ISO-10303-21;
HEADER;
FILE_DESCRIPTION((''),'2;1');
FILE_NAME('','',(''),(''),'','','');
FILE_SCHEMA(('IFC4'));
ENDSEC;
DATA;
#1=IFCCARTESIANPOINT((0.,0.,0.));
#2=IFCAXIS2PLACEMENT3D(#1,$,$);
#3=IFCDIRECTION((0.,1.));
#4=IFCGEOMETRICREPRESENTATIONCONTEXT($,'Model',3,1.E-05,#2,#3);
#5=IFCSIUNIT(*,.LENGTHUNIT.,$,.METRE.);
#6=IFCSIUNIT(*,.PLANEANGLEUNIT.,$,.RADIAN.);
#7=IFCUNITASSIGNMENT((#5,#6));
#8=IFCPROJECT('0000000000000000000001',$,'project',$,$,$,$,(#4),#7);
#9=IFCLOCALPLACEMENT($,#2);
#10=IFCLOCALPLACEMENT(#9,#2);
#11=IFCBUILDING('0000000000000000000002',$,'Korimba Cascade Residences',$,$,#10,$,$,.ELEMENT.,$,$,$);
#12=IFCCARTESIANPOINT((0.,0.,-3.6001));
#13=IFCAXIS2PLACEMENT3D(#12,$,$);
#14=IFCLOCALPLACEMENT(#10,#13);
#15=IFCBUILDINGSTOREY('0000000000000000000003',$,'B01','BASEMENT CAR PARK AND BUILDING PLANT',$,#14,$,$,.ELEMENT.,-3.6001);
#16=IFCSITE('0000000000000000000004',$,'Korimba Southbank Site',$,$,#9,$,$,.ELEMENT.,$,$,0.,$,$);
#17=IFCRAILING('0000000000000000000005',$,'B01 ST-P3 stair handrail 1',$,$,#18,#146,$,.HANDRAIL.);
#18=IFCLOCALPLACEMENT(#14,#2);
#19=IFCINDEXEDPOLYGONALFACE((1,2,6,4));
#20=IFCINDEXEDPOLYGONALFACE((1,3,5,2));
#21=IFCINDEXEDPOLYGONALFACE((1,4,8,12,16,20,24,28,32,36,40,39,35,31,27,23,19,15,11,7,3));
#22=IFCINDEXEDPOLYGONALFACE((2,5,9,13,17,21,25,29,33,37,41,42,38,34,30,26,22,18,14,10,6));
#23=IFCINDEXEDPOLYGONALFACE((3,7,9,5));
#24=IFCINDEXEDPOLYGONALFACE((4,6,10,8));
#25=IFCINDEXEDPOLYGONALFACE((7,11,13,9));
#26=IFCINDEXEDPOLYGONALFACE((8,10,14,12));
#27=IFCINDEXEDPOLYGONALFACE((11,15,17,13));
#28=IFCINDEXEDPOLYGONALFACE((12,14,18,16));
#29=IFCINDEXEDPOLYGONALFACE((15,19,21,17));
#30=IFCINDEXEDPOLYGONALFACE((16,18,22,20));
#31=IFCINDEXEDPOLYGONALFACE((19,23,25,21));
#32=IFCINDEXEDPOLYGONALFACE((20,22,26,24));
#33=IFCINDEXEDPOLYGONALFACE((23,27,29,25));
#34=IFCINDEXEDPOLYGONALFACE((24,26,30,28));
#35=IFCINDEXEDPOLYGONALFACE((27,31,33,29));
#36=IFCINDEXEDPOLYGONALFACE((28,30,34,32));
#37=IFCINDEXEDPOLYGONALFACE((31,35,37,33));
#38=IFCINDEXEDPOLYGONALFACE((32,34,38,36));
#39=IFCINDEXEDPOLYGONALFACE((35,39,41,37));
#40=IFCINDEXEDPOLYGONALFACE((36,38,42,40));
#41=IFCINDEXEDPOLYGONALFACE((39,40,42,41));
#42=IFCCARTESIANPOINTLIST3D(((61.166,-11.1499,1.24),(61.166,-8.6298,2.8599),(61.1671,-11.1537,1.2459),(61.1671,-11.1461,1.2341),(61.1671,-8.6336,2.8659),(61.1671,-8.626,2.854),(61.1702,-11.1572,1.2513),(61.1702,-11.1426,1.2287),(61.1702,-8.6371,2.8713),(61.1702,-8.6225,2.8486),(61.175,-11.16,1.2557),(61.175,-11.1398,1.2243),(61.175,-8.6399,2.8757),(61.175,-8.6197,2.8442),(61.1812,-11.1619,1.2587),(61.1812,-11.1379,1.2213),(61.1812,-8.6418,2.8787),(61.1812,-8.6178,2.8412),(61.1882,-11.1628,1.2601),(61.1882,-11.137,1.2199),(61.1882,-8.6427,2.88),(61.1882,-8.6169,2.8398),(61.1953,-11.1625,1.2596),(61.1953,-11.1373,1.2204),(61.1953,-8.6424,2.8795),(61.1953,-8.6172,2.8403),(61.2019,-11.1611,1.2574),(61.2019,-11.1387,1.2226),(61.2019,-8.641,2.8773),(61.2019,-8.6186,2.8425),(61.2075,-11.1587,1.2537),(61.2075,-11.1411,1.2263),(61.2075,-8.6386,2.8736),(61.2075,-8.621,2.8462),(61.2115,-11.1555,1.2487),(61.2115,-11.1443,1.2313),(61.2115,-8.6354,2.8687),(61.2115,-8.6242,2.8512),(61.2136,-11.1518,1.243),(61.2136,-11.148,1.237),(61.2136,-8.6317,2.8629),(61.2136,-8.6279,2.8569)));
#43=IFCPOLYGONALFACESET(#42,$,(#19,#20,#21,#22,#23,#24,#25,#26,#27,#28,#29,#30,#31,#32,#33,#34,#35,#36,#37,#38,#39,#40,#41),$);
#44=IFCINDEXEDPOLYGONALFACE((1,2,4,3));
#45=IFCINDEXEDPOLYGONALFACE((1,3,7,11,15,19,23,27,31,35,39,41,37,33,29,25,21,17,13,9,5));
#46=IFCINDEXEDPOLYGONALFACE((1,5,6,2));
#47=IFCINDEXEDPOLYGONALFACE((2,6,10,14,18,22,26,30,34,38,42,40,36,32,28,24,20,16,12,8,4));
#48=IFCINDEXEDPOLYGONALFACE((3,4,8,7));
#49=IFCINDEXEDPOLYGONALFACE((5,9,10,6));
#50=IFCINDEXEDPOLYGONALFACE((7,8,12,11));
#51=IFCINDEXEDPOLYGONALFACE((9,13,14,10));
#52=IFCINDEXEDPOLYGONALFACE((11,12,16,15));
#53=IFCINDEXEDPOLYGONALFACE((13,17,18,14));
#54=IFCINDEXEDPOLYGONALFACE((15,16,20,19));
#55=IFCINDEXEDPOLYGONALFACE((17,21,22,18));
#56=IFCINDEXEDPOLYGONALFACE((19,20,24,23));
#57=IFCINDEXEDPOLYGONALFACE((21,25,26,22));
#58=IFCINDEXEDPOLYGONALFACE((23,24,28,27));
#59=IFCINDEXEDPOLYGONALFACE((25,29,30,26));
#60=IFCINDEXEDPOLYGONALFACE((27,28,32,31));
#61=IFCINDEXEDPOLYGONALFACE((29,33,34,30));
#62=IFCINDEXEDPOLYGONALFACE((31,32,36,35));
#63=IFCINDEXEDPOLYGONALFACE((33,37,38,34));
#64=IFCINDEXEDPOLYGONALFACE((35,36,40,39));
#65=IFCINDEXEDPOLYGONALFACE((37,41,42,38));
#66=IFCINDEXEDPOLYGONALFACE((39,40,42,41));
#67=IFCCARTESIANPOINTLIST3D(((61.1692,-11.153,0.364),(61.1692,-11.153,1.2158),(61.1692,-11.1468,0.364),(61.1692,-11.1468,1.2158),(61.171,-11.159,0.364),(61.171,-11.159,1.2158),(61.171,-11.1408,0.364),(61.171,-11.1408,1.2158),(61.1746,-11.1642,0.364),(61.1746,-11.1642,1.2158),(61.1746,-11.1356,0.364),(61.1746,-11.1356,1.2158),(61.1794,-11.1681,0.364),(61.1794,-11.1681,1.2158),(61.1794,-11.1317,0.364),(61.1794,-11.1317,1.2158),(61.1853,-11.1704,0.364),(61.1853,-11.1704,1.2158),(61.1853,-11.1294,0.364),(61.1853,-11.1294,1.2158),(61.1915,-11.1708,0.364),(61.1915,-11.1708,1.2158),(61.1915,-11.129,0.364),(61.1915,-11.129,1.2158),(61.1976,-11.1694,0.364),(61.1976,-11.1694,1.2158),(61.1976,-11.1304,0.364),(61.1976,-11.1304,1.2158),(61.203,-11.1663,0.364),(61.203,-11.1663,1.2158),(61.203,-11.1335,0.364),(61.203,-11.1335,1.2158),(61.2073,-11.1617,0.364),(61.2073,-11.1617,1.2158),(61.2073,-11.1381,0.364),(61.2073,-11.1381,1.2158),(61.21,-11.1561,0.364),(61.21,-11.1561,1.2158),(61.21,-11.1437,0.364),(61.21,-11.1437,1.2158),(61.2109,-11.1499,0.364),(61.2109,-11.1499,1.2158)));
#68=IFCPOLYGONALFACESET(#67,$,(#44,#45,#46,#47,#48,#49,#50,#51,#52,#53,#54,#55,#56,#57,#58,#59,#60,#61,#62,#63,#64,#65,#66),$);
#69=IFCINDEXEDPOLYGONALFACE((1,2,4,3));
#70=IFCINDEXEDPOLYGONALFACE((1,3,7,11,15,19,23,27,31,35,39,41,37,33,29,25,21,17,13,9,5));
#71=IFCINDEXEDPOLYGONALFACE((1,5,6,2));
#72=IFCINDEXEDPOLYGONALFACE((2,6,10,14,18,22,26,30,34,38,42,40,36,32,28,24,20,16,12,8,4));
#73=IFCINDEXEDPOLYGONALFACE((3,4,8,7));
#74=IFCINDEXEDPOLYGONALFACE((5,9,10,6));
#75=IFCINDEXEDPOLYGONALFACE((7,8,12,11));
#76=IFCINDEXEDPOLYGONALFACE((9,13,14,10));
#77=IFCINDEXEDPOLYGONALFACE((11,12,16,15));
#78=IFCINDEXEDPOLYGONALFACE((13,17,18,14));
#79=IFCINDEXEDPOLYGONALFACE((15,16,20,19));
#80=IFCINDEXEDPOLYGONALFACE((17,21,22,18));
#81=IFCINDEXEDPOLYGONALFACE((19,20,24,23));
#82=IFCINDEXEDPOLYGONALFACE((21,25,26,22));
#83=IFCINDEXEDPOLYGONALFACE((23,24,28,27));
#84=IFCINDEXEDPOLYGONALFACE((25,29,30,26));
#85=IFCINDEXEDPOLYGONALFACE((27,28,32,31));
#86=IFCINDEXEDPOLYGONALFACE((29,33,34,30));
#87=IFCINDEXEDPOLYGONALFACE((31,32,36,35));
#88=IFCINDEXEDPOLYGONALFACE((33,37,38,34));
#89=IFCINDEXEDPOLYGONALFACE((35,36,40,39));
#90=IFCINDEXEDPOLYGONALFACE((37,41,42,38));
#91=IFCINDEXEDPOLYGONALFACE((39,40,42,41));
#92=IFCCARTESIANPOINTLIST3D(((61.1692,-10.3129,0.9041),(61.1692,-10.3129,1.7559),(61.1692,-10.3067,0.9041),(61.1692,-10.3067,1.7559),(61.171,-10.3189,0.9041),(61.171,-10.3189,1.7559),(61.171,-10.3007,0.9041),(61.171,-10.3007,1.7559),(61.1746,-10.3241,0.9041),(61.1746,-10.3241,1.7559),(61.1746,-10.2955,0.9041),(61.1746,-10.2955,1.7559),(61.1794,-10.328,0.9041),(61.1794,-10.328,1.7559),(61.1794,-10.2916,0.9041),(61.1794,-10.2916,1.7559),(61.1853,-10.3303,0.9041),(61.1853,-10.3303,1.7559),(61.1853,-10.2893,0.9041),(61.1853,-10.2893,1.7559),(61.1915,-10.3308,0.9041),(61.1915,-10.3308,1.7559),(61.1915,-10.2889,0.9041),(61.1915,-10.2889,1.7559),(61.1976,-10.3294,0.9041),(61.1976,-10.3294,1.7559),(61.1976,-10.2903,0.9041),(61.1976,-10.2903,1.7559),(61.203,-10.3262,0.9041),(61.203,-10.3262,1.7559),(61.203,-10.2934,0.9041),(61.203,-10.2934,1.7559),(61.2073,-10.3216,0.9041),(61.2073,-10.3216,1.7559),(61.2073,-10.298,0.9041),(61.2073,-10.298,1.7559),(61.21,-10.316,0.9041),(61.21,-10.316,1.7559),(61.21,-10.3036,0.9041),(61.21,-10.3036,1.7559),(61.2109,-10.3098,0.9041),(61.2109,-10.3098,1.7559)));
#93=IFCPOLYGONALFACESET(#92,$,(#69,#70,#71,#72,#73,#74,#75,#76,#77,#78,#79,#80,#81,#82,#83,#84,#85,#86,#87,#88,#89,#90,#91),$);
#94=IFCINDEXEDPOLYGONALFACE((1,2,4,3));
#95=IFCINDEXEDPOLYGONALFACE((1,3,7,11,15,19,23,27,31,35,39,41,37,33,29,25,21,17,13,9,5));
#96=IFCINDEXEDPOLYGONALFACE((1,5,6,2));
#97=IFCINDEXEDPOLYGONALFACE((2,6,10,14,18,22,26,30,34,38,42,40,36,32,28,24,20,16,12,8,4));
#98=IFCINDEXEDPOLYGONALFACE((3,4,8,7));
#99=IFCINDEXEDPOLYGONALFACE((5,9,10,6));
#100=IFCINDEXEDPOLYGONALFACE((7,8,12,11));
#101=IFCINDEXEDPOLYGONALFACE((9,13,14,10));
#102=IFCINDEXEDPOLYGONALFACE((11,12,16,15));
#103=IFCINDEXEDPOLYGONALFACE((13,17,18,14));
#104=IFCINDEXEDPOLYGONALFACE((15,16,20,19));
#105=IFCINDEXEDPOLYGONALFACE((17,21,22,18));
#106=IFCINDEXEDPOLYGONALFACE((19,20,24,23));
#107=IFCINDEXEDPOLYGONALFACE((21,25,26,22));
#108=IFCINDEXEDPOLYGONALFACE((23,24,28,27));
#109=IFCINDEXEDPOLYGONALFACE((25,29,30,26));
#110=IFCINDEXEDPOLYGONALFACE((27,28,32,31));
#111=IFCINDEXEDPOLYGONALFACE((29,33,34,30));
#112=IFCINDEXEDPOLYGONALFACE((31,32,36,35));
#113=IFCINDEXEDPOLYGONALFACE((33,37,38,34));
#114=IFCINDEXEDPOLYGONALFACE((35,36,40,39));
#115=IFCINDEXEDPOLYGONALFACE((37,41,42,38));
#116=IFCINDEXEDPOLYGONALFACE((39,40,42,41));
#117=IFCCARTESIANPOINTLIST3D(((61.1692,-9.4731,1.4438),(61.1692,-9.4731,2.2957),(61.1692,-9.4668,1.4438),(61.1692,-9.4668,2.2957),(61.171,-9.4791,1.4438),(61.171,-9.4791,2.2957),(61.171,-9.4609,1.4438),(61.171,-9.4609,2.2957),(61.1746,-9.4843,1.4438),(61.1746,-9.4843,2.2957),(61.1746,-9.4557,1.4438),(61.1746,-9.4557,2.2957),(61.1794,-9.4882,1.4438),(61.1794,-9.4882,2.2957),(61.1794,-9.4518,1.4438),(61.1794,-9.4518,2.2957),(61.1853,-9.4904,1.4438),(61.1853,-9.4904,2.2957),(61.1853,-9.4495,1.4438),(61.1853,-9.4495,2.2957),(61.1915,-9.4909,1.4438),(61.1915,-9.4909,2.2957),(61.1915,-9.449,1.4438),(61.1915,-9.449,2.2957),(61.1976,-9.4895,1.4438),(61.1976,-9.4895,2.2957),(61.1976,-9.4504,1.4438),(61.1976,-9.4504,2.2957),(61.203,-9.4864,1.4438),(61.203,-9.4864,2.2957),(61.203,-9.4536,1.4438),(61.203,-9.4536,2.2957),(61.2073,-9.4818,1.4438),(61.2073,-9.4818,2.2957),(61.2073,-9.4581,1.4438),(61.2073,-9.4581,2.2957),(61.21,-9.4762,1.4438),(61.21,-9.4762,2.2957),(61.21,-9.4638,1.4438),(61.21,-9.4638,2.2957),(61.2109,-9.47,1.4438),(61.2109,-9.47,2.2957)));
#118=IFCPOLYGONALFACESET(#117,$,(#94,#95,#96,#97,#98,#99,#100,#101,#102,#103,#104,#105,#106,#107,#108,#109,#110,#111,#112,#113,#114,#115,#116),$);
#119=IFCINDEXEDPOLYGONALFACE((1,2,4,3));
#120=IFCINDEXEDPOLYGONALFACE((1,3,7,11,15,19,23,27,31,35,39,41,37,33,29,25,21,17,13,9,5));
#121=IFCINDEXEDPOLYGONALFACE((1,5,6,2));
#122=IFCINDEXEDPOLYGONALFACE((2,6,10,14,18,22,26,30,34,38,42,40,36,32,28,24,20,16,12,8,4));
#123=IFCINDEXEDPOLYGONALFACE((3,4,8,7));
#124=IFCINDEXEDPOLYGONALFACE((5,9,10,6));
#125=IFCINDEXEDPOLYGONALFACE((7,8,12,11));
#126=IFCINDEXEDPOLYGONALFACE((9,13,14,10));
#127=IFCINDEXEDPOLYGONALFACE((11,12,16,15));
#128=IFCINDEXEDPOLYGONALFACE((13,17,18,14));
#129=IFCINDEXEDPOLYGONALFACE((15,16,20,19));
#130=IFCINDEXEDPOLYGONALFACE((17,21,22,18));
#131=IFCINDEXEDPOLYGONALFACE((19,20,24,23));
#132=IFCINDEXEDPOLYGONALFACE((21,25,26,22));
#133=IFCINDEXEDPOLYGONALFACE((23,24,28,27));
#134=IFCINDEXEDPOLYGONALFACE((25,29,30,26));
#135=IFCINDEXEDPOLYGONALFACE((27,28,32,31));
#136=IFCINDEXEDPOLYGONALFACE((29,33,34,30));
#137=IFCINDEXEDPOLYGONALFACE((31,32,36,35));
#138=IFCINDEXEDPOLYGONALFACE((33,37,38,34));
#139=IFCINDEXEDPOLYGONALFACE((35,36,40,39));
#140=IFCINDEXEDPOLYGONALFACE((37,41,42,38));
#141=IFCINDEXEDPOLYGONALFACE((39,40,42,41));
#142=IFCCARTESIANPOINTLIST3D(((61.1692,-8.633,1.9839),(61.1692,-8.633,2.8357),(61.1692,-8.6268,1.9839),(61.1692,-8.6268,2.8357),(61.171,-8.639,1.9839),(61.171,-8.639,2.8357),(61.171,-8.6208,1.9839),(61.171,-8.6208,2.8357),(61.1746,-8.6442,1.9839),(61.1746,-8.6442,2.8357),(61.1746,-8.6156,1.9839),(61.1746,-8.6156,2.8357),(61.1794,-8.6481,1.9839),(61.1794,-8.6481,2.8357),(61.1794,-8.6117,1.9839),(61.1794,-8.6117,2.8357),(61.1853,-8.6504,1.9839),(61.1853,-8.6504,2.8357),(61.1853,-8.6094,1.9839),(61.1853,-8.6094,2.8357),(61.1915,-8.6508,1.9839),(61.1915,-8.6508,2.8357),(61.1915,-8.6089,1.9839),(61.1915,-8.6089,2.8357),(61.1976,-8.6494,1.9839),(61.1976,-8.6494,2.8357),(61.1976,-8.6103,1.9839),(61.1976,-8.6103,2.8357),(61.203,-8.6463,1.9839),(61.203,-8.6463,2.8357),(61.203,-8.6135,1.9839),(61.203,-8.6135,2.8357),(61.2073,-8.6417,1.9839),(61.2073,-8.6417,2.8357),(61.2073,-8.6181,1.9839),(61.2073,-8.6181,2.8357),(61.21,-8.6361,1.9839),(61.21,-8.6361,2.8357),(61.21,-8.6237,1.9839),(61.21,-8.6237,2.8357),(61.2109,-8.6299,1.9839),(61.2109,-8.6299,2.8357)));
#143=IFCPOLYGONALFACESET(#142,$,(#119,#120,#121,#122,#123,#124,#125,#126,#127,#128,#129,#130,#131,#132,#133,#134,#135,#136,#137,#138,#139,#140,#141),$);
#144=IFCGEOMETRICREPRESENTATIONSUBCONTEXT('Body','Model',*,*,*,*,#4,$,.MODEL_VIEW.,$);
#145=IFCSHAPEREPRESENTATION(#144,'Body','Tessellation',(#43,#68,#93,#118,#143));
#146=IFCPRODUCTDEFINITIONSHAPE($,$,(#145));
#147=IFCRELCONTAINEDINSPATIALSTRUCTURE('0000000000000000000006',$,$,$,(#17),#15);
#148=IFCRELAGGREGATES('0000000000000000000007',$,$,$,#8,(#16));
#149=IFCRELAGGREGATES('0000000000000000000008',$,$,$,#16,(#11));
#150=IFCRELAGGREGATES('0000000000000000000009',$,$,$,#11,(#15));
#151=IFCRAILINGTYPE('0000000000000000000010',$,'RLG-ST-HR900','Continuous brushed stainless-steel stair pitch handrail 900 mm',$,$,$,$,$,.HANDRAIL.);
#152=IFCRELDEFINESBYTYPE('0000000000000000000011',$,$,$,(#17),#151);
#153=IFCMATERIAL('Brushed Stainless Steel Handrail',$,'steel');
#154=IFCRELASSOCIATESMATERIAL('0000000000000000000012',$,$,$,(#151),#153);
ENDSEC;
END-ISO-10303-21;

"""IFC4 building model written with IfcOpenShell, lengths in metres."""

from ifc_helpers import new_model, si_unit, direction, frame, origin, origin_2d, place, context, subcontext, project, spatial, circle, extrude, material, type_object, element, save


model = new_model("IFC4")

# Units and contexts
model_context = context("Model", 3, precision=1e-05, world=origin(), true_north=direction((0.0, 1.0)))
body_context = subcontext(model_context, "Body", "Model", "MODEL_VIEW")
ifc_project = project(units=[si_unit("LENGTHUNIT", "METRE"), si_unit("PLANEANGLEUNIT", "RADIAN")], contexts=[model_context])

# Site, building, storey
site_placement = place(None, origin())
site = spatial("IfcSite", under=ifc_project, at=site_placement, Name="Korimba Southbank Site", CompositionType="ELEMENT", RefElevation=0.0)
building_placement = place(site_placement, origin())
building = spatial("IfcBuilding", under=site, at=building_placement, Name="Korimba Cascade Residences", CompositionType="ELEMENT")
storey_placement = place(building_placement, frame((0.0, 0.0, -3.6001)))
storey = spatial("IfcBuildingStorey", under=building, at=storey_placement, Name="B01", Description="BASEMENT CAR PARK AND BUILDING PLANT", CompositionType="ELEMENT", Elevation=-3.6001)

# Railing
ifc_material_1 = material(Name="Brushed Stainless Steel Handrail", Category="steel")
railing_type_1 = type_object("IfcRailingType", Name="RLG-ST-HR900", Description="Continuous brushed stainless-steel stair pitch handrail 900 mm", PredefinedType="HANDRAIL", material=ifc_material_1)
for number, where, name in (
    (1, (61.1899, -11.1499, 0.364), "B01 ST-P3 stair handrail 1"),
):
    element("IfcRailing", number, at=place(storey_placement, frame(where)), inside=storey, type_object=railing_type_1, Name=name, PredefinedType="HANDRAIL", context=body_context, shape_type="SweptSolid", body=[
        extrude(circle(Radius=0.0239, at=origin_2d()), frame((0.0, 0.0, 0.876), z_axis=(0.0, 0.8412, 0.540725), x_axis=(-1.0, 0.0, 0.0)), (0.0, 0.0, 1.0), 2.9958),
        extrude(circle(Radius=0.021, at=origin_2d()), origin(), (0.0, 0.0, 1.0), 0.8518),
        extrude(circle(Radius=0.021, at=origin_2d()), frame((0.0, 0.8401, 0.54)), (0.0, 0.0, 1.0), 0.8518),
        extrude(circle(Radius=0.021, at=origin_2d()), frame((0.0, 1.6799, 1.0798)), (0.0, 0.0, 1.0), 0.8518),
        extrude(circle(Radius=0.021, at=origin_2d()), frame((0.0, 2.52, 1.6199)), (0.0, 0.0, 1.0), 0.8518),
    ])

save(model, "model.ifc")
